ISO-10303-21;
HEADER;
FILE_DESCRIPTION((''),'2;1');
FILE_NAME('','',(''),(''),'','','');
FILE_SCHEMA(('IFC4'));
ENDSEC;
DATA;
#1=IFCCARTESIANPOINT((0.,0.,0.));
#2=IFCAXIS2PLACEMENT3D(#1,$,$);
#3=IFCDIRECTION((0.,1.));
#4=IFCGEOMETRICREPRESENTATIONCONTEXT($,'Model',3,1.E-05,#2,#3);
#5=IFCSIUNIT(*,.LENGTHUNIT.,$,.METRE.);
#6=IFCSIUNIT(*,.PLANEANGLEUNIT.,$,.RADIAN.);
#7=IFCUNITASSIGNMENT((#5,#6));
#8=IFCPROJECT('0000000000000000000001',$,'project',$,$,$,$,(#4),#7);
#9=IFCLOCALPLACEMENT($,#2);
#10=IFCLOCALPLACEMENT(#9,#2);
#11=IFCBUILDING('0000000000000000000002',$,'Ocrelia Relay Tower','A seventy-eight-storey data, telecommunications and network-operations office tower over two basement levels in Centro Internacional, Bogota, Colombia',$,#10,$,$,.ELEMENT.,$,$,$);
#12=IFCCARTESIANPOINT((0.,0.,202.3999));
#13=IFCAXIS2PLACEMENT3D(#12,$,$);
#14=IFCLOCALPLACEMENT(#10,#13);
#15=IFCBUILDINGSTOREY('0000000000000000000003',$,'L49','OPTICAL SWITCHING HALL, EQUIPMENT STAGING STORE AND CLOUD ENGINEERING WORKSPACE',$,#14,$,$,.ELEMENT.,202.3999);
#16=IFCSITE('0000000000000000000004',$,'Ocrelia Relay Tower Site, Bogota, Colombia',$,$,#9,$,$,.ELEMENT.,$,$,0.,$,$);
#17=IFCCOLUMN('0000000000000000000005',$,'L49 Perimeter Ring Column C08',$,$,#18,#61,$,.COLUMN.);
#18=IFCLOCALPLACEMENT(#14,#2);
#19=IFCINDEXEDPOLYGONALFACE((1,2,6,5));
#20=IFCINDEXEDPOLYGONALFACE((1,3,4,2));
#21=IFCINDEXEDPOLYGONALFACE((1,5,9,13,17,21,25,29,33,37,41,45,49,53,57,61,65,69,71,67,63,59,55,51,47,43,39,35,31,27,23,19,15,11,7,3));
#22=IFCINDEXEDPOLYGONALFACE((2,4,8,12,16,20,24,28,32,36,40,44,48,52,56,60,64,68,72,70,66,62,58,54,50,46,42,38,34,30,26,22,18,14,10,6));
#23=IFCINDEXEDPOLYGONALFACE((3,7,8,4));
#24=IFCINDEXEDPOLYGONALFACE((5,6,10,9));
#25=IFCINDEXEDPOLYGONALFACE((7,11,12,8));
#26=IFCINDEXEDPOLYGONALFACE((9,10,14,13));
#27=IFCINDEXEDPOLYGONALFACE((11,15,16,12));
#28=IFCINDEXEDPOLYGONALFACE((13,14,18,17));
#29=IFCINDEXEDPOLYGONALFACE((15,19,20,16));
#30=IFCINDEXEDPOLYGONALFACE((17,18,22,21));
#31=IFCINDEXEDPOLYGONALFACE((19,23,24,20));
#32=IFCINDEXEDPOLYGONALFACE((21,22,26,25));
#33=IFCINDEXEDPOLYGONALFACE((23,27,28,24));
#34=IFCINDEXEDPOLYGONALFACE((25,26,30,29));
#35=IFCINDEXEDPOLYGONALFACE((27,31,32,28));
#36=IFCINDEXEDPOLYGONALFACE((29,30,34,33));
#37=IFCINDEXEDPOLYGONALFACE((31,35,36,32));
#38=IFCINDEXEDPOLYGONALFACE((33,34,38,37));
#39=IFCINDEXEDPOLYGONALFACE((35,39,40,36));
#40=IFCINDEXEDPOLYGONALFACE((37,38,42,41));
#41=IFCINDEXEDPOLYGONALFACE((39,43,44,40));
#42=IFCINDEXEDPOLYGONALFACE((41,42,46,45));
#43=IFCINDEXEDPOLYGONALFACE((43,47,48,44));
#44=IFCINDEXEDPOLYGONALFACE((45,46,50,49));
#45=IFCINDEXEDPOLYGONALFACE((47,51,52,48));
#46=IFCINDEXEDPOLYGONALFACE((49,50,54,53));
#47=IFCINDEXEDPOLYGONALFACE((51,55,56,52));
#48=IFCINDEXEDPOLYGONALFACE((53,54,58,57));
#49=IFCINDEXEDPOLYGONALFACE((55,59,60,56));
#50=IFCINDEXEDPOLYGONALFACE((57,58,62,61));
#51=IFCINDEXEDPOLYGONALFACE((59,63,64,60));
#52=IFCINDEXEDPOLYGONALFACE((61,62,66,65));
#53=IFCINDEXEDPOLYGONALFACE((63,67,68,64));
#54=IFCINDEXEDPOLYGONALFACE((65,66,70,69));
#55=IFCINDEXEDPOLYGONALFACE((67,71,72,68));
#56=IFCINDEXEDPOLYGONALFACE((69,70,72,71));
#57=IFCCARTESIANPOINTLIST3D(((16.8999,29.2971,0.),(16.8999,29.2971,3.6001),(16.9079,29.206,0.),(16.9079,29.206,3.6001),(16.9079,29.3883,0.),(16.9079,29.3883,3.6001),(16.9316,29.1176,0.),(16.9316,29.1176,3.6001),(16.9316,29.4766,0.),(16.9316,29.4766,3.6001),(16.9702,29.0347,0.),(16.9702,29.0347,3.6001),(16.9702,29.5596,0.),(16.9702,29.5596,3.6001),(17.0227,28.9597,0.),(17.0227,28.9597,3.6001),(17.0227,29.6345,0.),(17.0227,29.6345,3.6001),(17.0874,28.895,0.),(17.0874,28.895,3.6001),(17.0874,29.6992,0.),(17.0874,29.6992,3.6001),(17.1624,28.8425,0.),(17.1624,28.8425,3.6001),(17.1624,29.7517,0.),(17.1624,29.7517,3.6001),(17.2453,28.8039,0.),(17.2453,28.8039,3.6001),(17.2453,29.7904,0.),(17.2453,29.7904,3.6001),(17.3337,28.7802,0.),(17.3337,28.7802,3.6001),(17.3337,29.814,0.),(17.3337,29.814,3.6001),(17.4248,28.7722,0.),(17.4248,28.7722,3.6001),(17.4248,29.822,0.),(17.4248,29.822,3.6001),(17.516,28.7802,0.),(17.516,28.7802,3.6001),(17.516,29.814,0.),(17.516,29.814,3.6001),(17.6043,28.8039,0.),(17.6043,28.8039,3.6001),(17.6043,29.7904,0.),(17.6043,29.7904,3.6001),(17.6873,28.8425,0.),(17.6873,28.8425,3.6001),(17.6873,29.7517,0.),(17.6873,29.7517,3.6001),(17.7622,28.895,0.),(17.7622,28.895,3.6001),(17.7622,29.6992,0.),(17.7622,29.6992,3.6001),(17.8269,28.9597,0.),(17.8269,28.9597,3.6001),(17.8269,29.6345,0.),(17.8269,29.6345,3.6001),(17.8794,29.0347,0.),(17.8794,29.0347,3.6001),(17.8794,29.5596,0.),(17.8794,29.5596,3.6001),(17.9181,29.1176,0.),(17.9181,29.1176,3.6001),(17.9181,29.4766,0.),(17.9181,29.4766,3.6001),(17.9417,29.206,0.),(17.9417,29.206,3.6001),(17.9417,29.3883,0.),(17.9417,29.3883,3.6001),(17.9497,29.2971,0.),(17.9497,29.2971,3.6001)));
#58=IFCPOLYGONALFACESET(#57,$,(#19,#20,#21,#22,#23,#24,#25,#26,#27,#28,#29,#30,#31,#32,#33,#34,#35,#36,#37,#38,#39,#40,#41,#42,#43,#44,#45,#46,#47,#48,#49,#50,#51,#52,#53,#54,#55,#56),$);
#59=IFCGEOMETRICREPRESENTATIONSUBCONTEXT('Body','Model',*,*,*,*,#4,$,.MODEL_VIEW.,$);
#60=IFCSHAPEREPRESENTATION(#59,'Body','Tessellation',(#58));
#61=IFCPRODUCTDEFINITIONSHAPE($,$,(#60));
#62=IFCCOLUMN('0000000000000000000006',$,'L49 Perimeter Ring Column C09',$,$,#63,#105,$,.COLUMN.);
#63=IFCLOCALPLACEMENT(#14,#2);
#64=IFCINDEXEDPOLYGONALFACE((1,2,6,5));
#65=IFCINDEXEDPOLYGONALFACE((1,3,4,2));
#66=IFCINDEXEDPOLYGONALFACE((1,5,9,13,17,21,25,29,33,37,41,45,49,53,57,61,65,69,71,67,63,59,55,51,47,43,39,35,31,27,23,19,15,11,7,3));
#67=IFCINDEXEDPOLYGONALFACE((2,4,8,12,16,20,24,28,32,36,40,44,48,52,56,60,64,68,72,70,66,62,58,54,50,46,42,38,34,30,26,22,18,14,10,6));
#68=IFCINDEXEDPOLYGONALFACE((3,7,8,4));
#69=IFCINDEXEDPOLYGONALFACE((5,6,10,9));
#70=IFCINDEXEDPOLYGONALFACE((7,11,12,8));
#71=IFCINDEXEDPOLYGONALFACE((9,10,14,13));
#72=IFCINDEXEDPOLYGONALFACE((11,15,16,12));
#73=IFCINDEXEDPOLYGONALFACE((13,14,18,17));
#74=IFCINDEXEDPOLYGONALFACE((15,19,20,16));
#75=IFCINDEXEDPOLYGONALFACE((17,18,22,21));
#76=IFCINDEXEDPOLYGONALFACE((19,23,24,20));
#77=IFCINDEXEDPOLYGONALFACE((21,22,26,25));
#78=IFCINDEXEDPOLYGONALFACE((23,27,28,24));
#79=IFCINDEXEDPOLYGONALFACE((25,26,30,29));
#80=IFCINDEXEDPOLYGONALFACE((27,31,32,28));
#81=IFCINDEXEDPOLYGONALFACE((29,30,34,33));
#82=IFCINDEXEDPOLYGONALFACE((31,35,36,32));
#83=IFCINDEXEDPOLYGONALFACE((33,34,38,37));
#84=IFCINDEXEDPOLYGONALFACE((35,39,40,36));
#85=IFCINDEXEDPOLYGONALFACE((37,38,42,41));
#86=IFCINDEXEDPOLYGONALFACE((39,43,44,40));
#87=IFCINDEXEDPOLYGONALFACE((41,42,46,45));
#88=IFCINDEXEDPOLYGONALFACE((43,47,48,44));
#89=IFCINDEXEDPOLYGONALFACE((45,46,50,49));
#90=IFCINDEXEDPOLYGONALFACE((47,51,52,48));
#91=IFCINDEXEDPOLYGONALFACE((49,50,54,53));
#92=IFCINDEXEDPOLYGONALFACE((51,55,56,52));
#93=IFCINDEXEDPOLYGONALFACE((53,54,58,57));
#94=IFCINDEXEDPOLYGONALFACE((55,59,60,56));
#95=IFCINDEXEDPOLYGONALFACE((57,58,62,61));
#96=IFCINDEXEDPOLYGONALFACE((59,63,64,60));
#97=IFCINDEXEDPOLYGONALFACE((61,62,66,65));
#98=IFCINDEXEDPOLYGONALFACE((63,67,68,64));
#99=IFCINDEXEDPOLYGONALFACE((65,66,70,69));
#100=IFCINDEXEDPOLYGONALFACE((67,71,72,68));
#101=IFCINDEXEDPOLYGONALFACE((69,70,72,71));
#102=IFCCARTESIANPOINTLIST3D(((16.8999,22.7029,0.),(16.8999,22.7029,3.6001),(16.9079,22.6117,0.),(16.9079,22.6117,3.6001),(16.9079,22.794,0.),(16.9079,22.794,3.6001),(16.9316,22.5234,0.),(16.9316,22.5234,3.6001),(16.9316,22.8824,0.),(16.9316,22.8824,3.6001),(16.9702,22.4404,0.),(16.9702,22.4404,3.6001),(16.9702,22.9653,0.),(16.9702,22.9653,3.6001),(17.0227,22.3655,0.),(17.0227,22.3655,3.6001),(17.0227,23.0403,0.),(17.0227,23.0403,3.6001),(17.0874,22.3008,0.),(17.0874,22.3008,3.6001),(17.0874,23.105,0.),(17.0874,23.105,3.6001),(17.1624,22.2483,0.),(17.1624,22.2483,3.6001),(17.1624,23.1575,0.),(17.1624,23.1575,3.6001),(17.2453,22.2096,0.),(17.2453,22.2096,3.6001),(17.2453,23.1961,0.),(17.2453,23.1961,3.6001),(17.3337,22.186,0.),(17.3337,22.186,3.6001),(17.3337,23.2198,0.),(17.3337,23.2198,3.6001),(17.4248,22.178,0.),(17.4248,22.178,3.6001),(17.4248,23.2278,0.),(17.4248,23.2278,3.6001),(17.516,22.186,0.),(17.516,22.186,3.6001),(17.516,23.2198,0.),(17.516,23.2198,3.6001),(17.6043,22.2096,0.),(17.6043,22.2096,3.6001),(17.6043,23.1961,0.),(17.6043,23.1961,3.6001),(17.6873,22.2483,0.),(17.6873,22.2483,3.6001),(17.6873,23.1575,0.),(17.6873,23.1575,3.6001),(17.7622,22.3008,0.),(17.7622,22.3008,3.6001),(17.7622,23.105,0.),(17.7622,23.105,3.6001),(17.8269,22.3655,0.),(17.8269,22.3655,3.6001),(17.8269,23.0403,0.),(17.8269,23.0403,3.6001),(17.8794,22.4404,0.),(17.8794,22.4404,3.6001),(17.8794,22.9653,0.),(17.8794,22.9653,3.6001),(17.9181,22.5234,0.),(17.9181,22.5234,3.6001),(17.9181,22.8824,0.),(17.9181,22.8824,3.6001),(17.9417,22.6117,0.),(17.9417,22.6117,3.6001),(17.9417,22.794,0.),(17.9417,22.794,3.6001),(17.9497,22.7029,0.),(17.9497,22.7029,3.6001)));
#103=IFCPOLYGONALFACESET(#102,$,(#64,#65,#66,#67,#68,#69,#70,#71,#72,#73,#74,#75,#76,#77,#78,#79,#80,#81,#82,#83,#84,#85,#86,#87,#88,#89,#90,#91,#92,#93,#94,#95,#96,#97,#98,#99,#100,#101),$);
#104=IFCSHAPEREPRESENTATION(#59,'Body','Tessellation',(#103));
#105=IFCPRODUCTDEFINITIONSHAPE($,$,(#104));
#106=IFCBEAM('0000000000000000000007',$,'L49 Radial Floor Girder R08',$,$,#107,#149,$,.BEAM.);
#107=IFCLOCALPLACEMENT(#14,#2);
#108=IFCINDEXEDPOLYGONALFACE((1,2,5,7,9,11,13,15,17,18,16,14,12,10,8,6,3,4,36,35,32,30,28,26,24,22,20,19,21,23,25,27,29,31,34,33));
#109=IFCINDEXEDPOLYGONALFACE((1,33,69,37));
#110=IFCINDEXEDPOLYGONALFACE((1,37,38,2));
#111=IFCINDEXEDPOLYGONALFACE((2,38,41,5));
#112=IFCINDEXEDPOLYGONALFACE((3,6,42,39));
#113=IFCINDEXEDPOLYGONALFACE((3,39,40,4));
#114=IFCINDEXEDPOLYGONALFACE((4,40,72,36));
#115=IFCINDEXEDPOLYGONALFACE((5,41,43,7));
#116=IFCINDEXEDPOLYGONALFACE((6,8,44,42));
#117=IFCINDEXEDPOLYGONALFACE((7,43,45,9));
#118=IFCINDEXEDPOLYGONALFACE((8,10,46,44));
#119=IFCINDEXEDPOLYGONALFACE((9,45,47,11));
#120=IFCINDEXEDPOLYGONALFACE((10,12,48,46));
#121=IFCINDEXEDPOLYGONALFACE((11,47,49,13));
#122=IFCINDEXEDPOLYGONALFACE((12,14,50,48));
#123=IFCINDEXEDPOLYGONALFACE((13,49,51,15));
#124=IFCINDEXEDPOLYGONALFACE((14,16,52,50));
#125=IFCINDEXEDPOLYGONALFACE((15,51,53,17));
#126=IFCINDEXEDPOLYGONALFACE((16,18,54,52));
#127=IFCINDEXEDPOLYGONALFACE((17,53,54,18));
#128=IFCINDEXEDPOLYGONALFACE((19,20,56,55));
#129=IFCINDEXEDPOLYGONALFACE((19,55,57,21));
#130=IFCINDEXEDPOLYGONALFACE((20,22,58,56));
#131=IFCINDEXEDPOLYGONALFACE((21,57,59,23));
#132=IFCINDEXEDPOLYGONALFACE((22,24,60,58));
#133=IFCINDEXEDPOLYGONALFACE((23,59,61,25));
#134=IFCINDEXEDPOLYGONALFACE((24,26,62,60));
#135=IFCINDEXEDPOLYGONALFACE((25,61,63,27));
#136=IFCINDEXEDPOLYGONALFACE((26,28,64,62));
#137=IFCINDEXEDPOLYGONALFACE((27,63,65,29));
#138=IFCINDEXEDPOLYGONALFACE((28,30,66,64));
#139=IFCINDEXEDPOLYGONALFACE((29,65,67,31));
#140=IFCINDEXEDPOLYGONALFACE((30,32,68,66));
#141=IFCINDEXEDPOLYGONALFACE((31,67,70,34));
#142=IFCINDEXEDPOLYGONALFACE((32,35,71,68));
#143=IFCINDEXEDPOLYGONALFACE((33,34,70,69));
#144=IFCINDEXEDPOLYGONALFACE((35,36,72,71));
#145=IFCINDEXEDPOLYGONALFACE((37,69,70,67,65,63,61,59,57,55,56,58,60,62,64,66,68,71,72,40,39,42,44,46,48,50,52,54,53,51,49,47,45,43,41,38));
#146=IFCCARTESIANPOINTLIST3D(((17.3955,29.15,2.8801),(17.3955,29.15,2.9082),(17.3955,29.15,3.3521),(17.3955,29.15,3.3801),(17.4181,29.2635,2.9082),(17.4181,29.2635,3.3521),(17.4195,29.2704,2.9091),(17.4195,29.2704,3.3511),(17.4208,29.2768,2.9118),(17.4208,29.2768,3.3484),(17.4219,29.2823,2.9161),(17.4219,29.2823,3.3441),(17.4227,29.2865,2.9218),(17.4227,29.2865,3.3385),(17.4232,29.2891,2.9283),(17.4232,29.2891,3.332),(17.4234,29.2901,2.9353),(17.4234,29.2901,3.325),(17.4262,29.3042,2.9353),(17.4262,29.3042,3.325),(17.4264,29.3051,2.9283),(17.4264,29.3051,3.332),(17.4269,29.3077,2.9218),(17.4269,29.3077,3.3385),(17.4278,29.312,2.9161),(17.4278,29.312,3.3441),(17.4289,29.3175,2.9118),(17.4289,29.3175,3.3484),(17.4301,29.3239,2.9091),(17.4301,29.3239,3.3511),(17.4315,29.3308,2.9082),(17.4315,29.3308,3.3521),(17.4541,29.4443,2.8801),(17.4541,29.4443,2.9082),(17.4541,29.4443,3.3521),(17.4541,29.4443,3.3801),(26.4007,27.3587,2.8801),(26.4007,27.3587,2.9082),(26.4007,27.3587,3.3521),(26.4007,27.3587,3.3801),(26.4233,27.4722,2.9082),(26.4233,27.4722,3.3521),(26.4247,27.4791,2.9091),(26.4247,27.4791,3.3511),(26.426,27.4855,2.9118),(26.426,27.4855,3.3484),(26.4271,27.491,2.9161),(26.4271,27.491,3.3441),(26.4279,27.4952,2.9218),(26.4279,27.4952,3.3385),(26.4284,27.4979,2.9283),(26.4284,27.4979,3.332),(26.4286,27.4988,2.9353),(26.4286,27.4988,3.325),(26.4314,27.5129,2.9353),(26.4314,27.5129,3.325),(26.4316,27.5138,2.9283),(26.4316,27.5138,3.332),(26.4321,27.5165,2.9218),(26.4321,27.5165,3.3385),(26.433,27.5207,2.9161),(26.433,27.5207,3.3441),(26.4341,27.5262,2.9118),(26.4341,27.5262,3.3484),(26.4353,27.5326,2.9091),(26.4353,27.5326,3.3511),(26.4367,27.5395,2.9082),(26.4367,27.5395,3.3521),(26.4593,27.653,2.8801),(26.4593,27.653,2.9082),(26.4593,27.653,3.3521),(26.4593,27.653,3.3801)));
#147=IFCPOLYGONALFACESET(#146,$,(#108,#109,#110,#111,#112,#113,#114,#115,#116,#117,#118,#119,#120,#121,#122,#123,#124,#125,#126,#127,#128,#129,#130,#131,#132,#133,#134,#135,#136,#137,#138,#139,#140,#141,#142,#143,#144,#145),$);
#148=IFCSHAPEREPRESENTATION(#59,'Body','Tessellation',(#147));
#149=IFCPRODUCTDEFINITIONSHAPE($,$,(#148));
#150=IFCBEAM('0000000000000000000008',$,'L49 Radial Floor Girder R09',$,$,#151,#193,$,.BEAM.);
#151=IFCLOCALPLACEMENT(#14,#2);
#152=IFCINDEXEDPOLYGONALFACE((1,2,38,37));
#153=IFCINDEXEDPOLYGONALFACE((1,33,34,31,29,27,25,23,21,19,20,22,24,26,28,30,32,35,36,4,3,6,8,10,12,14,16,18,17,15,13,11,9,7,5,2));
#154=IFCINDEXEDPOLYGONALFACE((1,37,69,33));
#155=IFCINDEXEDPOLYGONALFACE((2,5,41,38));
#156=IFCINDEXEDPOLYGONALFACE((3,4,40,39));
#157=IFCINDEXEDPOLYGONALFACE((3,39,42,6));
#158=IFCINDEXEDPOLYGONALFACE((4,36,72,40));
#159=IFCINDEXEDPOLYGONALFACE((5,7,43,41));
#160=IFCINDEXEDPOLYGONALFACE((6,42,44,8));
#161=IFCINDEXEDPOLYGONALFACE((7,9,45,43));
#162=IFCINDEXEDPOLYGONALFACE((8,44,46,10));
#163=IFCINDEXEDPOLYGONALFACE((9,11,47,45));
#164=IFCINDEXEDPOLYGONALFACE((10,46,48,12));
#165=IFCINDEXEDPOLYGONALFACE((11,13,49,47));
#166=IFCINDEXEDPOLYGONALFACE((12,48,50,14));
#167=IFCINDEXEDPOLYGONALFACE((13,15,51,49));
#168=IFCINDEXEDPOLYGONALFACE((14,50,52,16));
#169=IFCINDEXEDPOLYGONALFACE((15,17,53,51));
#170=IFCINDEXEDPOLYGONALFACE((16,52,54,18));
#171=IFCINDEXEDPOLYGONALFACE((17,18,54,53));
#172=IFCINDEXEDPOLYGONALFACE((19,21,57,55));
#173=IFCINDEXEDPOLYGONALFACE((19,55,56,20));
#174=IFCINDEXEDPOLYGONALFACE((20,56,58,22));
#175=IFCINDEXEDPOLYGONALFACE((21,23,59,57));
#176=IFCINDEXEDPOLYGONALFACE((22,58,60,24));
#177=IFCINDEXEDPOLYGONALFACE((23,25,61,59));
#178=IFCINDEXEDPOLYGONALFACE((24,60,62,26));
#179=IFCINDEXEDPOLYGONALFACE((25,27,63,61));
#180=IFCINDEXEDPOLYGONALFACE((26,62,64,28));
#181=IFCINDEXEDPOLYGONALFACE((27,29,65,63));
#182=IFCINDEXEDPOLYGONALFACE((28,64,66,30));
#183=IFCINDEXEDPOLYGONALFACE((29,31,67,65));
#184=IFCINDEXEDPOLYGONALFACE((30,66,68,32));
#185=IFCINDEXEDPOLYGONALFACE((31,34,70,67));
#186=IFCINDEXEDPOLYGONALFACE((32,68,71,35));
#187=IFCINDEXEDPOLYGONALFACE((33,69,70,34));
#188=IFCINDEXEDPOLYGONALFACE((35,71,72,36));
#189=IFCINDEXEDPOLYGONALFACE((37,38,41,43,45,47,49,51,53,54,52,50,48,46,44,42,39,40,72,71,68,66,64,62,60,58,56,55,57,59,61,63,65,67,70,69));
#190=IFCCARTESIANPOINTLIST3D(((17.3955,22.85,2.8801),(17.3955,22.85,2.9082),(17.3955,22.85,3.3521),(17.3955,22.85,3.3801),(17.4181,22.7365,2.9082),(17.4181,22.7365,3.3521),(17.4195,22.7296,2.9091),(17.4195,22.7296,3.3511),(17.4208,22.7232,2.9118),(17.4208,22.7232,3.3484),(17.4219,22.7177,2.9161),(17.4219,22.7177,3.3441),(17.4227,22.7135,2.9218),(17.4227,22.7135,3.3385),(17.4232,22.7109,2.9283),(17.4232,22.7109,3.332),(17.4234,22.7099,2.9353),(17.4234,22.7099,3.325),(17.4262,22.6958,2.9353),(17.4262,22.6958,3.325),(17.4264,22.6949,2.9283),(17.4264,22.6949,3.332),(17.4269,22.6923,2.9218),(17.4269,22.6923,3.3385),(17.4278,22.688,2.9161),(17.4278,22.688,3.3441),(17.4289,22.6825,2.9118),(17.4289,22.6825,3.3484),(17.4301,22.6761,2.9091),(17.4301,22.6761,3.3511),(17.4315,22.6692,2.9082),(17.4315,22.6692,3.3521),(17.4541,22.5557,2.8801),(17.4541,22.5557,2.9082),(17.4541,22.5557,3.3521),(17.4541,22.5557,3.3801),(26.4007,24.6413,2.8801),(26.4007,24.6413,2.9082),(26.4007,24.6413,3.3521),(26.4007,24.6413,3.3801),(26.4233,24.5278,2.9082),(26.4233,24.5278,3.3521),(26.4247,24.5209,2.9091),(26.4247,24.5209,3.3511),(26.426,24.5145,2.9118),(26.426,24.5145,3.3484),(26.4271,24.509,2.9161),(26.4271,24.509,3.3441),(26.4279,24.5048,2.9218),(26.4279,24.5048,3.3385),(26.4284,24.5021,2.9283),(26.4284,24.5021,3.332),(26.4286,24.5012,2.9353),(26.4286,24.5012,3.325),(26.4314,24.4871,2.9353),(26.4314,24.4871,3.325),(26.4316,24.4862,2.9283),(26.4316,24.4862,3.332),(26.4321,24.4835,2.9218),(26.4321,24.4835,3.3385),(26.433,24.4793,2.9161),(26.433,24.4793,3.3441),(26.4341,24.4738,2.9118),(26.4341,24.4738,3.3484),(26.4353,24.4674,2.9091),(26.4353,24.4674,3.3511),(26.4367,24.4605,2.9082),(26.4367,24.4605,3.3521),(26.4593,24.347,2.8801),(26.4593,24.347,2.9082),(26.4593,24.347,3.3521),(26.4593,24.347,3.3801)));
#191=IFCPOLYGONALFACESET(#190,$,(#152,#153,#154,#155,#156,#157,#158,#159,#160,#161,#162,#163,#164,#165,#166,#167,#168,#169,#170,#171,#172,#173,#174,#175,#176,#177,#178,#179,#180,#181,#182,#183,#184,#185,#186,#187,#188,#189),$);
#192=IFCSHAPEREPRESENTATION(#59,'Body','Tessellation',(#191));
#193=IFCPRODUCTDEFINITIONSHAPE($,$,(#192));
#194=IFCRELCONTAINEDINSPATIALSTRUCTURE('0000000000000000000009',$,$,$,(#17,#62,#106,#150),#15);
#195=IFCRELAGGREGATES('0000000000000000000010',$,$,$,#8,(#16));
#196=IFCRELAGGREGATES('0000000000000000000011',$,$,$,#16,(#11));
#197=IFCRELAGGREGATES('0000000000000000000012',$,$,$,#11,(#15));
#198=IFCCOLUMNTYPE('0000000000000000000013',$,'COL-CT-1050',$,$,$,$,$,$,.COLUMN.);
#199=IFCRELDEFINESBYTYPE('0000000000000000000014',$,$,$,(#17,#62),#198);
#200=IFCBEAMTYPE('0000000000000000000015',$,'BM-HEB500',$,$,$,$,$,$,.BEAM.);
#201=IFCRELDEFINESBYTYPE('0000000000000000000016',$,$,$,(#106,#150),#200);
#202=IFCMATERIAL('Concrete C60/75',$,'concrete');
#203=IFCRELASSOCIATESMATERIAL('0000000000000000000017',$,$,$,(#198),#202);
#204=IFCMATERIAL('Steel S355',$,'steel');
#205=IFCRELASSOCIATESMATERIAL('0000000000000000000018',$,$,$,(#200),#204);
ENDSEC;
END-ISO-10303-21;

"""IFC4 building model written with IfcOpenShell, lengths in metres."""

from ifc_helpers import new_model, si_unit, direction, frame, origin, origin_2d, place, context, subcontext, project, spatial, circle, i_section, extrude, material, material_profile, profile_set, type_object, element, save


model = new_model("IFC4")

# Units and contexts
model_context = context("Model", 3, precision=1e-05, world=origin(), true_north=direction((0.0, 1.0)))
body_context = subcontext(model_context, "Body", "Model", "MODEL_VIEW")
ifc_project = project(units=[si_unit("LENGTHUNIT", "METRE"), si_unit("PLANEANGLEUNIT", "RADIAN")], contexts=[model_context])

# Site, building, storey
site_placement = place(None, origin())
site = spatial("IfcSite", under=ifc_project, at=site_placement, Name="Ocrelia Relay Tower Site, Bogota, Colombia", CompositionType="ELEMENT", RefElevation=0.0)
building_placement = place(site_placement, origin())
building = spatial("IfcBuilding", under=site, at=building_placement, Name="Ocrelia Relay Tower", Description="A seventy-eight-storey data, telecommunications and network-operations office tower over two basement levels in Centro Internacional, Bogota, Colombia", CompositionType="ELEMENT")
storey_placement = place(building_placement, frame((0.0, 0.0, 202.3999)))
storey = spatial("IfcBuildingStorey", under=building, at=storey_placement, Name="L49", Description="OPTICAL SWITCHING HALL, EQUIPMENT STAGING STORE AND CLOUD ENGINEERING WORKSPACE", CompositionType="ELEMENT", Elevation=202.3999)

# Columns
ifc_material_1 = material(Name="Concrete C60/75", Category="concrete")
ifc_material_profile_1 = material_profile(ifc_material_1, circle(Radius=0.5249, at=origin_2d()), Name="RC-CIR-1050")
ifc_profile_set_1 = profile_set([ifc_material_profile_1], Name="Concrete C60/75")
column_type = type_object("IfcColumnType", Name="COL-CT-1050", PredefinedType="COLUMN", material=ifc_profile_set_1)
for number, where, z_axis, x_axis, name in (
    (1, (17.4248, 29.2971, 0.0), (0.0, 0.0, 1.0), (1.0, 0.0, 0.0), "L49 Perimeter Ring Column C08"),
    (2, (17.4248, 22.7029, 0.0), (0.0, 0.0, 1.0), (1.0, 0.0, 0.0), "L49 Perimeter Ring Column C09"),
):
    element("IfcColumn", number, at=place(storey_placement, frame(where, z_axis=z_axis, x_axis=x_axis)), inside=storey, type_object=column_type, Name=name, PredefinedType="COLUMN", context=body_context, shape_type="SweptSolid", body=[
        extrude(circle(Radius=0.5249, at=origin_2d()), origin(), (0.0, 0.0, 1.0), 3.6001),
    ])

# Beams
ifc_material_2 = material(Name="Steel S355", Category="steel")
ifc_material_profile_2 = material_profile(ifc_material_2, i_section(OverallWidth=0.3, OverallDepth=0.5, WebThickness=0.0144, FlangeThickness=0.0281, FilletRadius=0.0271, at=origin_2d()), Name="HEB 500")
ifc_profile_set_2 = profile_set([ifc_material_profile_2], Name="Steel S355")
beam_type_1 = type_object("IfcBeamType", Name="BM-HEB500", PredefinedType="BEAM", material=ifc_profile_set_2)
for number, where, z_axis, x_axis, name in (
    (3, (17.4248, 29.2971, 3.1301), (0.980785, -0.195093, 0.0), (0.195093, 0.980785, 0.0), "L49 Radial Floor Girder R08"),
    (4, (17.4248, 22.7029, 3.1301), (0.980785, 0.195093, 0.0), (-0.195093, 0.980785, 0.0), "L49 Radial Floor Girder R09"),
):
    element("IfcBeam", number, at=place(storey_placement, frame(where, z_axis=z_axis, x_axis=x_axis)), inside=storey, type_object=beam_type_1, Name=name, PredefinedType="BEAM", context=body_context, shape_type="SweptSolid", body=[
        extrude(i_section(OverallWidth=0.3, OverallDepth=0.5, WebThickness=0.0144, FlangeThickness=0.0281, FilletRadius=0.0271, at=origin_2d()), origin(), (0.0, 0.0, 1.0), 9.1816),
    ])

save(model, "model.ifc")
